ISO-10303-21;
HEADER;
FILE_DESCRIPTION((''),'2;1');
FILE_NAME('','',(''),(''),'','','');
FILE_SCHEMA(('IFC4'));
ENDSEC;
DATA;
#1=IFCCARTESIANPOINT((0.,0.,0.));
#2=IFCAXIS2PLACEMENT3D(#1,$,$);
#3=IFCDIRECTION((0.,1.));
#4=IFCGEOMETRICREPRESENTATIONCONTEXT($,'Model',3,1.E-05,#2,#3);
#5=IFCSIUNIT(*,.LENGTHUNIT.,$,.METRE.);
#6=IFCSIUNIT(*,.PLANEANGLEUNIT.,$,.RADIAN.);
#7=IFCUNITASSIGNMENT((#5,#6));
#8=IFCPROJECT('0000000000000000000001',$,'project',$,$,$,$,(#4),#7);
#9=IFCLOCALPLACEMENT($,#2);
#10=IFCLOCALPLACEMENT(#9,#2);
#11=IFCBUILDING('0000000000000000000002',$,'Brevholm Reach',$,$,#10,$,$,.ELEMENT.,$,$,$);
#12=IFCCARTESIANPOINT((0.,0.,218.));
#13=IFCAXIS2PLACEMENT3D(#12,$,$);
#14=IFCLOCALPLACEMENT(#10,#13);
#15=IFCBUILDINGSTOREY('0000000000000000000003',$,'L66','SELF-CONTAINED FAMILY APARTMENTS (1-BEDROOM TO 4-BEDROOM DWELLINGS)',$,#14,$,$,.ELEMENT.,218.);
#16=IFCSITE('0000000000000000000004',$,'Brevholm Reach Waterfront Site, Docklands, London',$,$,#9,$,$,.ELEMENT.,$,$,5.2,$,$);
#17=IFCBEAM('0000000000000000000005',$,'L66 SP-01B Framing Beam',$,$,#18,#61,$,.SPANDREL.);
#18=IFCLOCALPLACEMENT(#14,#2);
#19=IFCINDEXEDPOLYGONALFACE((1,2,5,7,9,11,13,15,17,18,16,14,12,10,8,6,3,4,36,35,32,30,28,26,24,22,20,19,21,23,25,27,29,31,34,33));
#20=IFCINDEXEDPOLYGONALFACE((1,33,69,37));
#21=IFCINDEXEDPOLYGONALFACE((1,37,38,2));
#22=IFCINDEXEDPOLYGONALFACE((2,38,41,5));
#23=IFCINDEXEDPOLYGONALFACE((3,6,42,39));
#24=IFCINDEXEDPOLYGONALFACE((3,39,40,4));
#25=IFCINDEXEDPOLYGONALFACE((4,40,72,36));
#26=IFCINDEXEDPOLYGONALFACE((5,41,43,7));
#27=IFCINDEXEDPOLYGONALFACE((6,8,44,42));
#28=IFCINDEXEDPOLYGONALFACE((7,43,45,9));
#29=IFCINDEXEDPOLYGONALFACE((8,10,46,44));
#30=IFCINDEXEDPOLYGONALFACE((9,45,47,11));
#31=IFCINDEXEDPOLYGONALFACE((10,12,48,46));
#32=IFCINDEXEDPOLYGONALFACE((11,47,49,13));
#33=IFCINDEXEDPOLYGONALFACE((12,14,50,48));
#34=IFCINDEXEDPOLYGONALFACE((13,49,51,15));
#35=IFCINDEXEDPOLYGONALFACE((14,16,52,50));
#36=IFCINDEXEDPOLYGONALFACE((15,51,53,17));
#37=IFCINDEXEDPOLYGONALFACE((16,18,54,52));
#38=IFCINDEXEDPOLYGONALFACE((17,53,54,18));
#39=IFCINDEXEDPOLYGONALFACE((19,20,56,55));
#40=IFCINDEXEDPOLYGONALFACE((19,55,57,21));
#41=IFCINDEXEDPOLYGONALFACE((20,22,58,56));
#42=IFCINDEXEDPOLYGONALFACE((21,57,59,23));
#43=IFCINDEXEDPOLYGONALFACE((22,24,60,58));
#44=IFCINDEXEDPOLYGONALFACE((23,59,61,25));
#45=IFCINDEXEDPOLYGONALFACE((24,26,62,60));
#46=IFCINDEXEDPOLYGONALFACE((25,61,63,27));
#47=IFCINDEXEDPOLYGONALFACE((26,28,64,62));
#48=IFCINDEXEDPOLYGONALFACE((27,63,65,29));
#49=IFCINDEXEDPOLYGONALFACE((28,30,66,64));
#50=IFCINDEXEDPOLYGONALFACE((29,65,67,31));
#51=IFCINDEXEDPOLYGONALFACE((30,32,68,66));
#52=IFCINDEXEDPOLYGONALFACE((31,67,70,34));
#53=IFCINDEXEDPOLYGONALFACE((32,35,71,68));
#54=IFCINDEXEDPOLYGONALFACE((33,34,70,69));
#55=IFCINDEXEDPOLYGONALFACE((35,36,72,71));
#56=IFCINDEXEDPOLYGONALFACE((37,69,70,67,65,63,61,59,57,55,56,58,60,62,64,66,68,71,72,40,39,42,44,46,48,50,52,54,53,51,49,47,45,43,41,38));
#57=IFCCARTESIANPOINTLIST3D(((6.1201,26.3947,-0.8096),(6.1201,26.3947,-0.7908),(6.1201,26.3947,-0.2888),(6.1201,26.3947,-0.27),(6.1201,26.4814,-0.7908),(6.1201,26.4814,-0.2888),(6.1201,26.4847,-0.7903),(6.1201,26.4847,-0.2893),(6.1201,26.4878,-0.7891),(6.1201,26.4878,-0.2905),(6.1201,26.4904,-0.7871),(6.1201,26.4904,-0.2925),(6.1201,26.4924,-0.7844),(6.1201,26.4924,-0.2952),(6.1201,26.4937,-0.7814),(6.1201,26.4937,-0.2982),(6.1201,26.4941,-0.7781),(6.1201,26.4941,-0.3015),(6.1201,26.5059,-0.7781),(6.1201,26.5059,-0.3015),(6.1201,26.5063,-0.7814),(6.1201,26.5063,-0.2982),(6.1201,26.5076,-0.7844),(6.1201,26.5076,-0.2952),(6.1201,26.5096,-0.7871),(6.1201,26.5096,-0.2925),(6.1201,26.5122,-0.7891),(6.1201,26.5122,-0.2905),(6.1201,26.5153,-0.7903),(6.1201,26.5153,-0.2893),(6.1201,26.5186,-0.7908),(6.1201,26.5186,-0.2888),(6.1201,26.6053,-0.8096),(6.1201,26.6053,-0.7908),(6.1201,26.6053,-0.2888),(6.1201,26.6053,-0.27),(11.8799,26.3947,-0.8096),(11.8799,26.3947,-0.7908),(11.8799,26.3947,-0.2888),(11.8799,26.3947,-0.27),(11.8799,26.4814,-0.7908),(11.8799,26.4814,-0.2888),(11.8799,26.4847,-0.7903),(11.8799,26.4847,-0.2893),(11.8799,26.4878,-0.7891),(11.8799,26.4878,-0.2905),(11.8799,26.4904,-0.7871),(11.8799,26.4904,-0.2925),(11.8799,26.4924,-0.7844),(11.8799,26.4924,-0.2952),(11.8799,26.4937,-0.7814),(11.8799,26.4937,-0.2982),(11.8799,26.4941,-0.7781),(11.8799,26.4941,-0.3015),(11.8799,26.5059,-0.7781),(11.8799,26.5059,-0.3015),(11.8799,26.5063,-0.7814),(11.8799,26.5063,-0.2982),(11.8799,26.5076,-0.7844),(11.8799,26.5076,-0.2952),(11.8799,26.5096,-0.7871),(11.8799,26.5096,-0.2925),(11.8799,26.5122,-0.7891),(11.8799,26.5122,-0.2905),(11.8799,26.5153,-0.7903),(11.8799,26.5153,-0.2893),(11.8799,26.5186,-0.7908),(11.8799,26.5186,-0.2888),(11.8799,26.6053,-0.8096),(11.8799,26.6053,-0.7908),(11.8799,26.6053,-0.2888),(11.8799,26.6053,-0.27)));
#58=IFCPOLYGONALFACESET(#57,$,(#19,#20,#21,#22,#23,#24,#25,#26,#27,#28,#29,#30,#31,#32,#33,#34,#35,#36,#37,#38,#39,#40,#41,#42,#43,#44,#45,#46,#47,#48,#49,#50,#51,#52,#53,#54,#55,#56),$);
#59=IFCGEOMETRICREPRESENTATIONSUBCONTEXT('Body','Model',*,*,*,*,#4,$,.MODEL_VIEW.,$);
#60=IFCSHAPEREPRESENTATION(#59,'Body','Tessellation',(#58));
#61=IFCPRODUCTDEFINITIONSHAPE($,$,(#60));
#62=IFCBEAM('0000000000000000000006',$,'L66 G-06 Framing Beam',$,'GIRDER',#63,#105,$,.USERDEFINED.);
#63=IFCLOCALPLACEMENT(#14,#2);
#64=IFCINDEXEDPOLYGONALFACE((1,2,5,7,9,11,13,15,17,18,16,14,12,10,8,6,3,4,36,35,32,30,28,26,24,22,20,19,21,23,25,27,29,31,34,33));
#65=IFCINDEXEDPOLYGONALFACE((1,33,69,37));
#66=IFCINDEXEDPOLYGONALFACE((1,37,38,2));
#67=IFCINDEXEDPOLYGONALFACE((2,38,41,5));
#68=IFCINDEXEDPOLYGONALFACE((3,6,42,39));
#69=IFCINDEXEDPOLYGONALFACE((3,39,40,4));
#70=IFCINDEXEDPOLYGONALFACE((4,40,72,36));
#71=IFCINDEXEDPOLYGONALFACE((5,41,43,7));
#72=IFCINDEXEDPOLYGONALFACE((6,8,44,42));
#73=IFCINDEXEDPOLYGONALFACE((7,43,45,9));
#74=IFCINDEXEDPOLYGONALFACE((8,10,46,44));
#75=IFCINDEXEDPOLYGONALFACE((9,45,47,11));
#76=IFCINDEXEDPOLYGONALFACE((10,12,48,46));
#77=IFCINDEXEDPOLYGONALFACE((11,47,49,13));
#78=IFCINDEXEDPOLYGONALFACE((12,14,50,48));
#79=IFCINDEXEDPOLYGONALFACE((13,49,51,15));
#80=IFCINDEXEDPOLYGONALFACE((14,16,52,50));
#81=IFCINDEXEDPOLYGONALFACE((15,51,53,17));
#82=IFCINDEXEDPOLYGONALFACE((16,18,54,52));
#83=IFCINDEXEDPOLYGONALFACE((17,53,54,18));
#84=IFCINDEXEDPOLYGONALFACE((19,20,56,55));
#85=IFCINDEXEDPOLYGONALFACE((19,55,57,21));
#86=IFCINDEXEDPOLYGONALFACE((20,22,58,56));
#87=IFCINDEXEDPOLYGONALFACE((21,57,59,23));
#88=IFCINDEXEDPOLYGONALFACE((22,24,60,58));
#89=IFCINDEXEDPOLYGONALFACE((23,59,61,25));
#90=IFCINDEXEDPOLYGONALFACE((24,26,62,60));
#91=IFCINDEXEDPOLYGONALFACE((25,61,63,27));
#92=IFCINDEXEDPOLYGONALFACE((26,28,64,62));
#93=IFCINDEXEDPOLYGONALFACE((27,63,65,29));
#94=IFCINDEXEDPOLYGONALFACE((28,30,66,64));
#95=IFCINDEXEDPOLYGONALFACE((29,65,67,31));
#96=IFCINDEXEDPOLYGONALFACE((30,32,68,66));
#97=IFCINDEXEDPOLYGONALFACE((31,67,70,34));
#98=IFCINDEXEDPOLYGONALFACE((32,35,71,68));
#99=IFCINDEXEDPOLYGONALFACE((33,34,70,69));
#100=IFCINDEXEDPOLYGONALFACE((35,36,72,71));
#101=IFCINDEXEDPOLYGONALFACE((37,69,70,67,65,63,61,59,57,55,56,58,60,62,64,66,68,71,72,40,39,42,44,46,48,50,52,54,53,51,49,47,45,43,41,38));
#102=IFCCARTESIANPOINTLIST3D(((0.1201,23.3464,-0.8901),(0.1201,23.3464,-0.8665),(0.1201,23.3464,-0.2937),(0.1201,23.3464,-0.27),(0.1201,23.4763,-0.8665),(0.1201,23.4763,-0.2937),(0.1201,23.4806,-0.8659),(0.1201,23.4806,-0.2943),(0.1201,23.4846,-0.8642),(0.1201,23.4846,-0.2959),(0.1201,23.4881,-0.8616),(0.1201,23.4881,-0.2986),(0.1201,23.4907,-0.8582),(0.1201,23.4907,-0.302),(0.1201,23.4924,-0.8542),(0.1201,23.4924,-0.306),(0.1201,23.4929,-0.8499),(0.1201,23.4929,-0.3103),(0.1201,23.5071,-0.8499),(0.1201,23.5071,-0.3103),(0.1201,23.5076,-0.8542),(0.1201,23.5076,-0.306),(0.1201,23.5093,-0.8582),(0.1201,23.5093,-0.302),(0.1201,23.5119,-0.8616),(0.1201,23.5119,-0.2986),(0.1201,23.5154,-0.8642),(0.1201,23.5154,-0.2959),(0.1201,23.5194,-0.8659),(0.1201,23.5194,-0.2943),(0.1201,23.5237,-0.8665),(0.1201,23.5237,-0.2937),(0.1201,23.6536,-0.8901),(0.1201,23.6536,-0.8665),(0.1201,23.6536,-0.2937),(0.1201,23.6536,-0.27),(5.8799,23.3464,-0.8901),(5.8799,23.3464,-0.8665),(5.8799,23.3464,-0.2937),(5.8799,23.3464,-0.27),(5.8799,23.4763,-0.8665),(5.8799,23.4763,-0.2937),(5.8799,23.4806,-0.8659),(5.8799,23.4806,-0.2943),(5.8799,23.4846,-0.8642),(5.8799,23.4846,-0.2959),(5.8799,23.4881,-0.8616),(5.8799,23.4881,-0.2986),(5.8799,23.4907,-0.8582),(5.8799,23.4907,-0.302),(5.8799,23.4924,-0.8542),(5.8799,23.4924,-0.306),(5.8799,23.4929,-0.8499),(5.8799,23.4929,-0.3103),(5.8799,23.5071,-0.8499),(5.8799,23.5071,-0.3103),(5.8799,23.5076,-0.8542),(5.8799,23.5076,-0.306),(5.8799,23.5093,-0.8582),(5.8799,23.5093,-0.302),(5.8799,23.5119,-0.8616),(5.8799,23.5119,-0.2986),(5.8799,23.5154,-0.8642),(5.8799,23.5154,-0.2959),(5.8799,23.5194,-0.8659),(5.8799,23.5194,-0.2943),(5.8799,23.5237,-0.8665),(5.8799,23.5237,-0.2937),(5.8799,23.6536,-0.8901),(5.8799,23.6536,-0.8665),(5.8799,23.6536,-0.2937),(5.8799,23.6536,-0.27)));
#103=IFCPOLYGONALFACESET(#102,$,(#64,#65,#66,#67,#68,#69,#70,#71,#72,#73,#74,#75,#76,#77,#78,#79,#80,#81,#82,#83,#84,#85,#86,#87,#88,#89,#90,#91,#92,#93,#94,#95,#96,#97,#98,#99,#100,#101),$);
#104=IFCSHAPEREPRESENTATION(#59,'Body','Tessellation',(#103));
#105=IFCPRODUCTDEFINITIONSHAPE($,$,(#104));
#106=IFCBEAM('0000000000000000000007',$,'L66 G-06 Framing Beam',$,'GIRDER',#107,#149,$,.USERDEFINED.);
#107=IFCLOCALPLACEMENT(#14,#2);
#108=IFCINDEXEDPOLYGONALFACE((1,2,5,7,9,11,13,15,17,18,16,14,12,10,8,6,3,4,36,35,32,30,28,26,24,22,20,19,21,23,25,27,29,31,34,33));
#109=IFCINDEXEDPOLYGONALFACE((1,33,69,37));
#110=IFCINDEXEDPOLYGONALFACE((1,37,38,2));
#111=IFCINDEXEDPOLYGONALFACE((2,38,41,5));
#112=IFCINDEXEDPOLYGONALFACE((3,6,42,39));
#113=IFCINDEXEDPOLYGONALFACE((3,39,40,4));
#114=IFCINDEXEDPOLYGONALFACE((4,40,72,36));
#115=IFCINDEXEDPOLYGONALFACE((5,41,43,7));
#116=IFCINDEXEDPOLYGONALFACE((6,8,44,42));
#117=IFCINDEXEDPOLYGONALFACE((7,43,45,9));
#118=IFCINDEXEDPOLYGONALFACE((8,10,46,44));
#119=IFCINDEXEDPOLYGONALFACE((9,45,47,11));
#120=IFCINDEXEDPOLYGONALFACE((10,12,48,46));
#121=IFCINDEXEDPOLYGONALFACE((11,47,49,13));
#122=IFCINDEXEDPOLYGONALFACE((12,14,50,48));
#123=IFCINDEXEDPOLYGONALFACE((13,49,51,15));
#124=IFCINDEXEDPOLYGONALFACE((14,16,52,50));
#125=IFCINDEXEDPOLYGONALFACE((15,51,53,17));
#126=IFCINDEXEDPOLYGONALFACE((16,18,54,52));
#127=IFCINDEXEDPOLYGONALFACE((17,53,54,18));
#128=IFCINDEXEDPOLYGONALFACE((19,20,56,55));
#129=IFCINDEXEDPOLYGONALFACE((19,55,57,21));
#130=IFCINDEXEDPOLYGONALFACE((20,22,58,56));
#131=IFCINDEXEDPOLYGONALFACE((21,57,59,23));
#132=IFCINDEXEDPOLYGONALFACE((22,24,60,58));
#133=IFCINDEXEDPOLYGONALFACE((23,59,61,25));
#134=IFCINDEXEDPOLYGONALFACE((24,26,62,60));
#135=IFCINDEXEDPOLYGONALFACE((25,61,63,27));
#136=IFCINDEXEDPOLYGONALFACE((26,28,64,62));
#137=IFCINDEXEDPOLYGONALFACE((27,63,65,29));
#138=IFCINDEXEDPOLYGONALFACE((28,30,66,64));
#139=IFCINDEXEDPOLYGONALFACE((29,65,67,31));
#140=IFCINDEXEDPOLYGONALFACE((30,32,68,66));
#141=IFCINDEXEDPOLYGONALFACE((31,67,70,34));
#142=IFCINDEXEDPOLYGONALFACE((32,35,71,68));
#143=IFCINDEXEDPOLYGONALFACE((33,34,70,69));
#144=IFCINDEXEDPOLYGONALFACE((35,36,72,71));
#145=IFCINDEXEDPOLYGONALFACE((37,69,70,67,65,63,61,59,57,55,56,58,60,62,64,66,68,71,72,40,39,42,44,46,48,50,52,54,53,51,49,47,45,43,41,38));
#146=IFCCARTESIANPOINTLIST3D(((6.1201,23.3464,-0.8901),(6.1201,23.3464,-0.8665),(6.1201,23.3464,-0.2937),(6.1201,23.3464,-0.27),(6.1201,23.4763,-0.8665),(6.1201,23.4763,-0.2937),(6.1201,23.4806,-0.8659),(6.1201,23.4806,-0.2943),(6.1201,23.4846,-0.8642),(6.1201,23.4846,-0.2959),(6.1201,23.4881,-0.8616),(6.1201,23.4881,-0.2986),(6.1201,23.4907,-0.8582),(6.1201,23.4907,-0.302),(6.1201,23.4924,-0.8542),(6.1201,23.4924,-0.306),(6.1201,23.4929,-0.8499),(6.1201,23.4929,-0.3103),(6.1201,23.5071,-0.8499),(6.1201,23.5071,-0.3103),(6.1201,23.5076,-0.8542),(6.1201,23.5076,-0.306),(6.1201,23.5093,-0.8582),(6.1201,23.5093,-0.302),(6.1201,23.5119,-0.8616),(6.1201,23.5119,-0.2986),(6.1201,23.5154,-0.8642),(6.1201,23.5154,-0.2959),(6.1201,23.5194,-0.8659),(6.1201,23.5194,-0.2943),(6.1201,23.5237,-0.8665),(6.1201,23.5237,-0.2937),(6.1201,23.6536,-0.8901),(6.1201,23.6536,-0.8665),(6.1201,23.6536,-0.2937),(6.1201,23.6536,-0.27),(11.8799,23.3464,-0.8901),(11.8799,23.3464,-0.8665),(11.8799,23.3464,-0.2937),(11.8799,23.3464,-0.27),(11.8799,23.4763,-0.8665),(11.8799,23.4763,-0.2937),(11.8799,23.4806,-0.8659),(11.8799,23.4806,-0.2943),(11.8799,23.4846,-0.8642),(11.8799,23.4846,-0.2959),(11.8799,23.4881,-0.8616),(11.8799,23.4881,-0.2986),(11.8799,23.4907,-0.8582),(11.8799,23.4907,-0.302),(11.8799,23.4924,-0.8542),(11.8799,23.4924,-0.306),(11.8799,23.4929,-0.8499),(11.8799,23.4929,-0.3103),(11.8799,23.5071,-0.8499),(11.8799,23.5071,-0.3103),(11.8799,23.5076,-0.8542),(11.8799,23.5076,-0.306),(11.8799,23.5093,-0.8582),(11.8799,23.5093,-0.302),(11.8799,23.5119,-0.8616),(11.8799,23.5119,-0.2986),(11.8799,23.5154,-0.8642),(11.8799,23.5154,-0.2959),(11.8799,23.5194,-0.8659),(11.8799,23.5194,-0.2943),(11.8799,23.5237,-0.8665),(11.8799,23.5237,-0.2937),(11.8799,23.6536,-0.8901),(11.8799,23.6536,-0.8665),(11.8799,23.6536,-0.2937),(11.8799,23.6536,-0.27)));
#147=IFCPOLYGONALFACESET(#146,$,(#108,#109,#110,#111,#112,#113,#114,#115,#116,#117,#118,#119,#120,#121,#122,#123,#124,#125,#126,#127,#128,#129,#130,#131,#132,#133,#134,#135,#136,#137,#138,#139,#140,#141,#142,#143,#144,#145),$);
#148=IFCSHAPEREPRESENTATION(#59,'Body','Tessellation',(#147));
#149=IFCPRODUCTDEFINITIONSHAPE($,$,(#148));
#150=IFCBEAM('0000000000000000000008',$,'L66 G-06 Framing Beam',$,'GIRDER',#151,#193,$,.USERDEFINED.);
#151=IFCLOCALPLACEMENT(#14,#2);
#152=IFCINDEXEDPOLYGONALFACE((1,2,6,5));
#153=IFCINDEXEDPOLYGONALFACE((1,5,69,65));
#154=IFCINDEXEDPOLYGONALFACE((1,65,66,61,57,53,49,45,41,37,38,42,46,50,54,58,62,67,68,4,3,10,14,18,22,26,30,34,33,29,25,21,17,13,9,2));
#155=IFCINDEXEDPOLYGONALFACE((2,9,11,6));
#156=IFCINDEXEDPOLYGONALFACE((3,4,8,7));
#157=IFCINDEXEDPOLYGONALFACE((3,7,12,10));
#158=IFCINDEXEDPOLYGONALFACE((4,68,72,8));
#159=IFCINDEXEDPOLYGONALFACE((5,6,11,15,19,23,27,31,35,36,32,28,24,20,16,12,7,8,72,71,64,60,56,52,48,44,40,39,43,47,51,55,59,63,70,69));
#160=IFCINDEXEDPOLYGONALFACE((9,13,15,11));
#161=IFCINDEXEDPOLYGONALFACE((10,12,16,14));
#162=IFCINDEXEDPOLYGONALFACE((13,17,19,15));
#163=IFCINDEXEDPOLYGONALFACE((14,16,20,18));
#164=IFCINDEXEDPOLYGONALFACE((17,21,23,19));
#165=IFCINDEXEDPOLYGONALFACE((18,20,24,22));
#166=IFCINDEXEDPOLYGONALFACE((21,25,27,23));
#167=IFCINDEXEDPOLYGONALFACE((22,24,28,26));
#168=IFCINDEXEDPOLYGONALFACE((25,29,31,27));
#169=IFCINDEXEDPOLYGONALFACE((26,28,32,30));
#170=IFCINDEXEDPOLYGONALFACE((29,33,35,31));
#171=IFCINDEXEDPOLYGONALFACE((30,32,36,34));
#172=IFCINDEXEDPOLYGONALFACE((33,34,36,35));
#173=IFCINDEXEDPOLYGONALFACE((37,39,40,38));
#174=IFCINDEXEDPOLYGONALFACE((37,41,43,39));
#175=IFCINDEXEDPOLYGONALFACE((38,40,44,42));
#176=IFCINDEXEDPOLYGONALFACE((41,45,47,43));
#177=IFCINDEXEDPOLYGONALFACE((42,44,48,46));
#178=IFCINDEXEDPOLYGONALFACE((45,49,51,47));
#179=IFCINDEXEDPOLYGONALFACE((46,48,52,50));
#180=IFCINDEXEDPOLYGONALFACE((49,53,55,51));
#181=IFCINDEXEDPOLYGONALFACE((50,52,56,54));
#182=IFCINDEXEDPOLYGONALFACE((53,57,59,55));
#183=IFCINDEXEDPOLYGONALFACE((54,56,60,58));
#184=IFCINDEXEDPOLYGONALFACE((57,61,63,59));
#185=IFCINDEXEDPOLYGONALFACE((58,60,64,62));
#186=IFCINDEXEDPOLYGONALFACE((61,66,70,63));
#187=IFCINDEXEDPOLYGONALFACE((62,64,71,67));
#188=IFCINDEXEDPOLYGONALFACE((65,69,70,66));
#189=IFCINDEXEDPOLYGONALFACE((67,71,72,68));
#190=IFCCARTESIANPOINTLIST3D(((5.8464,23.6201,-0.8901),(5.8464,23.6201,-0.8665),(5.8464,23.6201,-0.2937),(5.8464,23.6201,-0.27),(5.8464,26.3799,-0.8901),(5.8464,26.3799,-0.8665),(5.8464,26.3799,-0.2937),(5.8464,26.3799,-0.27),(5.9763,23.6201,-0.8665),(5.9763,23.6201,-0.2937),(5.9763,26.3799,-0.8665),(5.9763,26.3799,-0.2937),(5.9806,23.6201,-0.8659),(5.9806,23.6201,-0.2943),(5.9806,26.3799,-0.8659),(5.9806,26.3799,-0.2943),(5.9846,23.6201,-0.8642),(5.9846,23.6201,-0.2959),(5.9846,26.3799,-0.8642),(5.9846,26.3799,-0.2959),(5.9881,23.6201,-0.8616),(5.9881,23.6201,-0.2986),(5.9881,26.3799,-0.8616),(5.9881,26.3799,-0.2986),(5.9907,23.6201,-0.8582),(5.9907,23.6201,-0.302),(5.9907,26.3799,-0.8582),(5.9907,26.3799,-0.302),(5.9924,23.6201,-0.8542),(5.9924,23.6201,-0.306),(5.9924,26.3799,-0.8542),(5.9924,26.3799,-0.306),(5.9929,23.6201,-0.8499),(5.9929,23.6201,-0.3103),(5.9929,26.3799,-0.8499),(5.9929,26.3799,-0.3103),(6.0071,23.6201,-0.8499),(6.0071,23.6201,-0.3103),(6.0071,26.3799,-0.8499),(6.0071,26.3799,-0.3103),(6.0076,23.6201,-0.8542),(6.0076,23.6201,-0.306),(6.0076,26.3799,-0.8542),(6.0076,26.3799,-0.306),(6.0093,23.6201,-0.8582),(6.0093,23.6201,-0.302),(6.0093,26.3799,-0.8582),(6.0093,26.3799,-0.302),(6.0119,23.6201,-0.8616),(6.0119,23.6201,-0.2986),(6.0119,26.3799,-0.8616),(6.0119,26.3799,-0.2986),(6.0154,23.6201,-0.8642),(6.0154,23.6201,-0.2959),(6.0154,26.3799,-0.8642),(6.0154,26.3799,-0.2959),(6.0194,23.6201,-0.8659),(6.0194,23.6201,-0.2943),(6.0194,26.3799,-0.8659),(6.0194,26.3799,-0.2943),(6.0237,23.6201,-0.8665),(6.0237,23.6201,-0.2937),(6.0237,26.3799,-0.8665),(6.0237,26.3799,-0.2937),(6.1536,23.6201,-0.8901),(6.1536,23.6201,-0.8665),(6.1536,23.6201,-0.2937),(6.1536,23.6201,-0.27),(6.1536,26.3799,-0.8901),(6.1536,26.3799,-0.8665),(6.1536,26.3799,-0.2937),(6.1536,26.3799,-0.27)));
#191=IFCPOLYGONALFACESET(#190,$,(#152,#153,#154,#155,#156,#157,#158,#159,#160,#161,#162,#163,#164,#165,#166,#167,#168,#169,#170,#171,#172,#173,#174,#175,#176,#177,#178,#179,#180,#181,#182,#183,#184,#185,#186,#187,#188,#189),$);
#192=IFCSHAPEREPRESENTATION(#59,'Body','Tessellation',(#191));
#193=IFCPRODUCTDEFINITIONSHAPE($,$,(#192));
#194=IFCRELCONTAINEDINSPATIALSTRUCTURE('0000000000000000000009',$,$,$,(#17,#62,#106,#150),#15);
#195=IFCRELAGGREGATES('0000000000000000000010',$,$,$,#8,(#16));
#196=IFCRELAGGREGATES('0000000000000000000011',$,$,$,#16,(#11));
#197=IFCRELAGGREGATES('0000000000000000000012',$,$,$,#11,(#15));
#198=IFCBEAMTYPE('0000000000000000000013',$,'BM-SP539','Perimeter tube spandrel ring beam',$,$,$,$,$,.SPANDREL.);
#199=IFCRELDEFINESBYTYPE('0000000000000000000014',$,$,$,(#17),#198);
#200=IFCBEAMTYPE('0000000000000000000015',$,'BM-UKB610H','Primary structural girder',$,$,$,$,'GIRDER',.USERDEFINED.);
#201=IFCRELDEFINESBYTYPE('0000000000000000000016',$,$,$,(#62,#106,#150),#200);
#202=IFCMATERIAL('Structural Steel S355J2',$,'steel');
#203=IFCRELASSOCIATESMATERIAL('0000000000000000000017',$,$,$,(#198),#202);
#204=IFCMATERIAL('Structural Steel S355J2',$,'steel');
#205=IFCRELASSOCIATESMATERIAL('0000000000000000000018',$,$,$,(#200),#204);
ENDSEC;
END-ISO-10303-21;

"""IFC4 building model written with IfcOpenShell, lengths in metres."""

from ifc_helpers import new_model, si_unit, direction, frame, origin, origin_2d, place, context, subcontext, project, spatial, i_section, extrude, material, material_profile, profile_set, type_object, element, save


model = new_model("IFC4")

# Units and contexts
model_context = context("Model", 3, precision=1e-05, world=origin(), true_north=direction((0.0, 1.0)))
body_context = subcontext(model_context, "Body", "Model", "MODEL_VIEW")
ifc_project = project(units=[si_unit("LENGTHUNIT", "METRE"), si_unit("PLANEANGLEUNIT", "RADIAN")], contexts=[model_context])

# Site, building, storey
site_placement = place(None, origin())
site = spatial("IfcSite", under=ifc_project, at=site_placement, Name="Brevholm Reach Waterfront Site, Docklands, London", CompositionType="ELEMENT", RefElevation=5.2)
building_placement = place(site_placement, origin())
building = spatial("IfcBuilding", under=site, at=building_placement, Name="Brevholm Reach", CompositionType="ELEMENT")
storey_placement = place(building_placement, frame((0.0, 0.0, 218.0)))
storey = spatial("IfcBuildingStorey", under=building, at=storey_placement, Name="L66", Description="SELF-CONTAINED FAMILY APARTMENTS (1-BEDROOM TO 4-BEDROOM DWELLINGS)", CompositionType="ELEMENT", Elevation=218.0)

# Beams
ifc_material_1 = material(Name="Structural Steel S355J2", Category="steel")
ifc_material_profile_1 = material_profile(ifc_material_1, i_section(OverallWidth=0.2107, OverallDepth=0.5396, WebThickness=0.0117, FlangeThickness=0.0188, FilletRadius=0.0127, at=origin_2d()), Name="UKB 533x210x109")
ifc_profile_set_1 = profile_set([ifc_material_profile_1], Name="Structural Steel S355J2")
beam_type_1 = type_object("IfcBeamType", Name="BM-SP539", Description="Perimeter tube spandrel ring beam", PredefinedType="SPANDREL", material=ifc_profile_set_1)
beam_1_placement = place(storey_placement, frame((6.1201, 26.5, -0.5398), z_axis=(1.0, 0.0, 0.0), x_axis=(0.0, 1.0, 0.0)))
element("IfcBeam", 1, at=beam_1_placement, inside=storey, type_object=beam_type_1, Name="L66 SP-01B Framing Beam", PredefinedType="SPANDREL", context=body_context, shape_type="SweptSolid", body=[
    extrude(i_section(OverallWidth=0.2107, OverallDepth=0.5396, WebThickness=0.0117, FlangeThickness=0.0188, FilletRadius=0.0127, at=origin_2d()), origin(), (0.0, 0.0, 1.0), 5.7598),
])
ifc_material_2 = material(Name="Structural Steel S355J2", Category="steel")
ifc_material_profile_2 = material_profile(ifc_material_2, i_section(OverallWidth=0.3071, OverallDepth=0.6201, WebThickness=0.0142, FlangeThickness=0.0237, FilletRadius=0.0166, at=origin_2d()), Name="UKB 610x305x179")
ifc_profile_set_2 = profile_set([ifc_material_profile_2], Name="Structural Steel S355J2")
beam_type_2 = type_object("IfcBeamType", Name="BM-UKB610H", Description="Primary structural girder", ElementType="GIRDER", PredefinedType="USERDEFINED", material=ifc_profile_set_2)
for number, where, z_axis, x_axis, name in (
    (2, (0.1201, 23.5, -0.5801), (1.0, 0.0, 0.0), (0.0, 1.0, 0.0), "L66 G-06 Framing Beam"),
    (3, (6.1201, 23.5, -0.5801), (1.0, 0.0, 0.0), (0.0, 1.0, 0.0), "L66 G-06 Framing Beam"),
):
    element("IfcBeam", number, at=place(storey_placement, frame(where, z_axis=z_axis, x_axis=x_axis)), inside=storey, type_object=beam_type_2, Name=name, ObjectType="GIRDER", PredefinedType="USERDEFINED", context=body_context, shape_type="SweptSolid", body=[
        extrude(i_section(OverallWidth=0.3071, OverallDepth=0.6201, WebThickness=0.0142, FlangeThickness=0.0237, FilletRadius=0.0166, at=origin_2d()), origin(), (0.0, 0.0, 1.0), 5.7598),
    ])
beam_2_placement = place(storey_placement, frame((6.0, 23.6201, -0.5801), z_axis=(0.0, 1.0, 0.0), x_axis=(-1.0, 0.0, 0.0)))
element("IfcBeam", 4, at=beam_2_placement, inside=storey, type_object=beam_type_2, Name="L66 G-06 Framing Beam", ObjectType="GIRDER", PredefinedType="USERDEFINED", context=body_context, shape_type="SweptSolid", body=[
    extrude(i_section(OverallWidth=0.3071, OverallDepth=0.6201, WebThickness=0.0142, FlangeThickness=0.0237, FilletRadius=0.0166, at=origin_2d()), origin(), (0.0, 0.0, 1.0), 2.7598),
])

save(model, "model.ifc")
